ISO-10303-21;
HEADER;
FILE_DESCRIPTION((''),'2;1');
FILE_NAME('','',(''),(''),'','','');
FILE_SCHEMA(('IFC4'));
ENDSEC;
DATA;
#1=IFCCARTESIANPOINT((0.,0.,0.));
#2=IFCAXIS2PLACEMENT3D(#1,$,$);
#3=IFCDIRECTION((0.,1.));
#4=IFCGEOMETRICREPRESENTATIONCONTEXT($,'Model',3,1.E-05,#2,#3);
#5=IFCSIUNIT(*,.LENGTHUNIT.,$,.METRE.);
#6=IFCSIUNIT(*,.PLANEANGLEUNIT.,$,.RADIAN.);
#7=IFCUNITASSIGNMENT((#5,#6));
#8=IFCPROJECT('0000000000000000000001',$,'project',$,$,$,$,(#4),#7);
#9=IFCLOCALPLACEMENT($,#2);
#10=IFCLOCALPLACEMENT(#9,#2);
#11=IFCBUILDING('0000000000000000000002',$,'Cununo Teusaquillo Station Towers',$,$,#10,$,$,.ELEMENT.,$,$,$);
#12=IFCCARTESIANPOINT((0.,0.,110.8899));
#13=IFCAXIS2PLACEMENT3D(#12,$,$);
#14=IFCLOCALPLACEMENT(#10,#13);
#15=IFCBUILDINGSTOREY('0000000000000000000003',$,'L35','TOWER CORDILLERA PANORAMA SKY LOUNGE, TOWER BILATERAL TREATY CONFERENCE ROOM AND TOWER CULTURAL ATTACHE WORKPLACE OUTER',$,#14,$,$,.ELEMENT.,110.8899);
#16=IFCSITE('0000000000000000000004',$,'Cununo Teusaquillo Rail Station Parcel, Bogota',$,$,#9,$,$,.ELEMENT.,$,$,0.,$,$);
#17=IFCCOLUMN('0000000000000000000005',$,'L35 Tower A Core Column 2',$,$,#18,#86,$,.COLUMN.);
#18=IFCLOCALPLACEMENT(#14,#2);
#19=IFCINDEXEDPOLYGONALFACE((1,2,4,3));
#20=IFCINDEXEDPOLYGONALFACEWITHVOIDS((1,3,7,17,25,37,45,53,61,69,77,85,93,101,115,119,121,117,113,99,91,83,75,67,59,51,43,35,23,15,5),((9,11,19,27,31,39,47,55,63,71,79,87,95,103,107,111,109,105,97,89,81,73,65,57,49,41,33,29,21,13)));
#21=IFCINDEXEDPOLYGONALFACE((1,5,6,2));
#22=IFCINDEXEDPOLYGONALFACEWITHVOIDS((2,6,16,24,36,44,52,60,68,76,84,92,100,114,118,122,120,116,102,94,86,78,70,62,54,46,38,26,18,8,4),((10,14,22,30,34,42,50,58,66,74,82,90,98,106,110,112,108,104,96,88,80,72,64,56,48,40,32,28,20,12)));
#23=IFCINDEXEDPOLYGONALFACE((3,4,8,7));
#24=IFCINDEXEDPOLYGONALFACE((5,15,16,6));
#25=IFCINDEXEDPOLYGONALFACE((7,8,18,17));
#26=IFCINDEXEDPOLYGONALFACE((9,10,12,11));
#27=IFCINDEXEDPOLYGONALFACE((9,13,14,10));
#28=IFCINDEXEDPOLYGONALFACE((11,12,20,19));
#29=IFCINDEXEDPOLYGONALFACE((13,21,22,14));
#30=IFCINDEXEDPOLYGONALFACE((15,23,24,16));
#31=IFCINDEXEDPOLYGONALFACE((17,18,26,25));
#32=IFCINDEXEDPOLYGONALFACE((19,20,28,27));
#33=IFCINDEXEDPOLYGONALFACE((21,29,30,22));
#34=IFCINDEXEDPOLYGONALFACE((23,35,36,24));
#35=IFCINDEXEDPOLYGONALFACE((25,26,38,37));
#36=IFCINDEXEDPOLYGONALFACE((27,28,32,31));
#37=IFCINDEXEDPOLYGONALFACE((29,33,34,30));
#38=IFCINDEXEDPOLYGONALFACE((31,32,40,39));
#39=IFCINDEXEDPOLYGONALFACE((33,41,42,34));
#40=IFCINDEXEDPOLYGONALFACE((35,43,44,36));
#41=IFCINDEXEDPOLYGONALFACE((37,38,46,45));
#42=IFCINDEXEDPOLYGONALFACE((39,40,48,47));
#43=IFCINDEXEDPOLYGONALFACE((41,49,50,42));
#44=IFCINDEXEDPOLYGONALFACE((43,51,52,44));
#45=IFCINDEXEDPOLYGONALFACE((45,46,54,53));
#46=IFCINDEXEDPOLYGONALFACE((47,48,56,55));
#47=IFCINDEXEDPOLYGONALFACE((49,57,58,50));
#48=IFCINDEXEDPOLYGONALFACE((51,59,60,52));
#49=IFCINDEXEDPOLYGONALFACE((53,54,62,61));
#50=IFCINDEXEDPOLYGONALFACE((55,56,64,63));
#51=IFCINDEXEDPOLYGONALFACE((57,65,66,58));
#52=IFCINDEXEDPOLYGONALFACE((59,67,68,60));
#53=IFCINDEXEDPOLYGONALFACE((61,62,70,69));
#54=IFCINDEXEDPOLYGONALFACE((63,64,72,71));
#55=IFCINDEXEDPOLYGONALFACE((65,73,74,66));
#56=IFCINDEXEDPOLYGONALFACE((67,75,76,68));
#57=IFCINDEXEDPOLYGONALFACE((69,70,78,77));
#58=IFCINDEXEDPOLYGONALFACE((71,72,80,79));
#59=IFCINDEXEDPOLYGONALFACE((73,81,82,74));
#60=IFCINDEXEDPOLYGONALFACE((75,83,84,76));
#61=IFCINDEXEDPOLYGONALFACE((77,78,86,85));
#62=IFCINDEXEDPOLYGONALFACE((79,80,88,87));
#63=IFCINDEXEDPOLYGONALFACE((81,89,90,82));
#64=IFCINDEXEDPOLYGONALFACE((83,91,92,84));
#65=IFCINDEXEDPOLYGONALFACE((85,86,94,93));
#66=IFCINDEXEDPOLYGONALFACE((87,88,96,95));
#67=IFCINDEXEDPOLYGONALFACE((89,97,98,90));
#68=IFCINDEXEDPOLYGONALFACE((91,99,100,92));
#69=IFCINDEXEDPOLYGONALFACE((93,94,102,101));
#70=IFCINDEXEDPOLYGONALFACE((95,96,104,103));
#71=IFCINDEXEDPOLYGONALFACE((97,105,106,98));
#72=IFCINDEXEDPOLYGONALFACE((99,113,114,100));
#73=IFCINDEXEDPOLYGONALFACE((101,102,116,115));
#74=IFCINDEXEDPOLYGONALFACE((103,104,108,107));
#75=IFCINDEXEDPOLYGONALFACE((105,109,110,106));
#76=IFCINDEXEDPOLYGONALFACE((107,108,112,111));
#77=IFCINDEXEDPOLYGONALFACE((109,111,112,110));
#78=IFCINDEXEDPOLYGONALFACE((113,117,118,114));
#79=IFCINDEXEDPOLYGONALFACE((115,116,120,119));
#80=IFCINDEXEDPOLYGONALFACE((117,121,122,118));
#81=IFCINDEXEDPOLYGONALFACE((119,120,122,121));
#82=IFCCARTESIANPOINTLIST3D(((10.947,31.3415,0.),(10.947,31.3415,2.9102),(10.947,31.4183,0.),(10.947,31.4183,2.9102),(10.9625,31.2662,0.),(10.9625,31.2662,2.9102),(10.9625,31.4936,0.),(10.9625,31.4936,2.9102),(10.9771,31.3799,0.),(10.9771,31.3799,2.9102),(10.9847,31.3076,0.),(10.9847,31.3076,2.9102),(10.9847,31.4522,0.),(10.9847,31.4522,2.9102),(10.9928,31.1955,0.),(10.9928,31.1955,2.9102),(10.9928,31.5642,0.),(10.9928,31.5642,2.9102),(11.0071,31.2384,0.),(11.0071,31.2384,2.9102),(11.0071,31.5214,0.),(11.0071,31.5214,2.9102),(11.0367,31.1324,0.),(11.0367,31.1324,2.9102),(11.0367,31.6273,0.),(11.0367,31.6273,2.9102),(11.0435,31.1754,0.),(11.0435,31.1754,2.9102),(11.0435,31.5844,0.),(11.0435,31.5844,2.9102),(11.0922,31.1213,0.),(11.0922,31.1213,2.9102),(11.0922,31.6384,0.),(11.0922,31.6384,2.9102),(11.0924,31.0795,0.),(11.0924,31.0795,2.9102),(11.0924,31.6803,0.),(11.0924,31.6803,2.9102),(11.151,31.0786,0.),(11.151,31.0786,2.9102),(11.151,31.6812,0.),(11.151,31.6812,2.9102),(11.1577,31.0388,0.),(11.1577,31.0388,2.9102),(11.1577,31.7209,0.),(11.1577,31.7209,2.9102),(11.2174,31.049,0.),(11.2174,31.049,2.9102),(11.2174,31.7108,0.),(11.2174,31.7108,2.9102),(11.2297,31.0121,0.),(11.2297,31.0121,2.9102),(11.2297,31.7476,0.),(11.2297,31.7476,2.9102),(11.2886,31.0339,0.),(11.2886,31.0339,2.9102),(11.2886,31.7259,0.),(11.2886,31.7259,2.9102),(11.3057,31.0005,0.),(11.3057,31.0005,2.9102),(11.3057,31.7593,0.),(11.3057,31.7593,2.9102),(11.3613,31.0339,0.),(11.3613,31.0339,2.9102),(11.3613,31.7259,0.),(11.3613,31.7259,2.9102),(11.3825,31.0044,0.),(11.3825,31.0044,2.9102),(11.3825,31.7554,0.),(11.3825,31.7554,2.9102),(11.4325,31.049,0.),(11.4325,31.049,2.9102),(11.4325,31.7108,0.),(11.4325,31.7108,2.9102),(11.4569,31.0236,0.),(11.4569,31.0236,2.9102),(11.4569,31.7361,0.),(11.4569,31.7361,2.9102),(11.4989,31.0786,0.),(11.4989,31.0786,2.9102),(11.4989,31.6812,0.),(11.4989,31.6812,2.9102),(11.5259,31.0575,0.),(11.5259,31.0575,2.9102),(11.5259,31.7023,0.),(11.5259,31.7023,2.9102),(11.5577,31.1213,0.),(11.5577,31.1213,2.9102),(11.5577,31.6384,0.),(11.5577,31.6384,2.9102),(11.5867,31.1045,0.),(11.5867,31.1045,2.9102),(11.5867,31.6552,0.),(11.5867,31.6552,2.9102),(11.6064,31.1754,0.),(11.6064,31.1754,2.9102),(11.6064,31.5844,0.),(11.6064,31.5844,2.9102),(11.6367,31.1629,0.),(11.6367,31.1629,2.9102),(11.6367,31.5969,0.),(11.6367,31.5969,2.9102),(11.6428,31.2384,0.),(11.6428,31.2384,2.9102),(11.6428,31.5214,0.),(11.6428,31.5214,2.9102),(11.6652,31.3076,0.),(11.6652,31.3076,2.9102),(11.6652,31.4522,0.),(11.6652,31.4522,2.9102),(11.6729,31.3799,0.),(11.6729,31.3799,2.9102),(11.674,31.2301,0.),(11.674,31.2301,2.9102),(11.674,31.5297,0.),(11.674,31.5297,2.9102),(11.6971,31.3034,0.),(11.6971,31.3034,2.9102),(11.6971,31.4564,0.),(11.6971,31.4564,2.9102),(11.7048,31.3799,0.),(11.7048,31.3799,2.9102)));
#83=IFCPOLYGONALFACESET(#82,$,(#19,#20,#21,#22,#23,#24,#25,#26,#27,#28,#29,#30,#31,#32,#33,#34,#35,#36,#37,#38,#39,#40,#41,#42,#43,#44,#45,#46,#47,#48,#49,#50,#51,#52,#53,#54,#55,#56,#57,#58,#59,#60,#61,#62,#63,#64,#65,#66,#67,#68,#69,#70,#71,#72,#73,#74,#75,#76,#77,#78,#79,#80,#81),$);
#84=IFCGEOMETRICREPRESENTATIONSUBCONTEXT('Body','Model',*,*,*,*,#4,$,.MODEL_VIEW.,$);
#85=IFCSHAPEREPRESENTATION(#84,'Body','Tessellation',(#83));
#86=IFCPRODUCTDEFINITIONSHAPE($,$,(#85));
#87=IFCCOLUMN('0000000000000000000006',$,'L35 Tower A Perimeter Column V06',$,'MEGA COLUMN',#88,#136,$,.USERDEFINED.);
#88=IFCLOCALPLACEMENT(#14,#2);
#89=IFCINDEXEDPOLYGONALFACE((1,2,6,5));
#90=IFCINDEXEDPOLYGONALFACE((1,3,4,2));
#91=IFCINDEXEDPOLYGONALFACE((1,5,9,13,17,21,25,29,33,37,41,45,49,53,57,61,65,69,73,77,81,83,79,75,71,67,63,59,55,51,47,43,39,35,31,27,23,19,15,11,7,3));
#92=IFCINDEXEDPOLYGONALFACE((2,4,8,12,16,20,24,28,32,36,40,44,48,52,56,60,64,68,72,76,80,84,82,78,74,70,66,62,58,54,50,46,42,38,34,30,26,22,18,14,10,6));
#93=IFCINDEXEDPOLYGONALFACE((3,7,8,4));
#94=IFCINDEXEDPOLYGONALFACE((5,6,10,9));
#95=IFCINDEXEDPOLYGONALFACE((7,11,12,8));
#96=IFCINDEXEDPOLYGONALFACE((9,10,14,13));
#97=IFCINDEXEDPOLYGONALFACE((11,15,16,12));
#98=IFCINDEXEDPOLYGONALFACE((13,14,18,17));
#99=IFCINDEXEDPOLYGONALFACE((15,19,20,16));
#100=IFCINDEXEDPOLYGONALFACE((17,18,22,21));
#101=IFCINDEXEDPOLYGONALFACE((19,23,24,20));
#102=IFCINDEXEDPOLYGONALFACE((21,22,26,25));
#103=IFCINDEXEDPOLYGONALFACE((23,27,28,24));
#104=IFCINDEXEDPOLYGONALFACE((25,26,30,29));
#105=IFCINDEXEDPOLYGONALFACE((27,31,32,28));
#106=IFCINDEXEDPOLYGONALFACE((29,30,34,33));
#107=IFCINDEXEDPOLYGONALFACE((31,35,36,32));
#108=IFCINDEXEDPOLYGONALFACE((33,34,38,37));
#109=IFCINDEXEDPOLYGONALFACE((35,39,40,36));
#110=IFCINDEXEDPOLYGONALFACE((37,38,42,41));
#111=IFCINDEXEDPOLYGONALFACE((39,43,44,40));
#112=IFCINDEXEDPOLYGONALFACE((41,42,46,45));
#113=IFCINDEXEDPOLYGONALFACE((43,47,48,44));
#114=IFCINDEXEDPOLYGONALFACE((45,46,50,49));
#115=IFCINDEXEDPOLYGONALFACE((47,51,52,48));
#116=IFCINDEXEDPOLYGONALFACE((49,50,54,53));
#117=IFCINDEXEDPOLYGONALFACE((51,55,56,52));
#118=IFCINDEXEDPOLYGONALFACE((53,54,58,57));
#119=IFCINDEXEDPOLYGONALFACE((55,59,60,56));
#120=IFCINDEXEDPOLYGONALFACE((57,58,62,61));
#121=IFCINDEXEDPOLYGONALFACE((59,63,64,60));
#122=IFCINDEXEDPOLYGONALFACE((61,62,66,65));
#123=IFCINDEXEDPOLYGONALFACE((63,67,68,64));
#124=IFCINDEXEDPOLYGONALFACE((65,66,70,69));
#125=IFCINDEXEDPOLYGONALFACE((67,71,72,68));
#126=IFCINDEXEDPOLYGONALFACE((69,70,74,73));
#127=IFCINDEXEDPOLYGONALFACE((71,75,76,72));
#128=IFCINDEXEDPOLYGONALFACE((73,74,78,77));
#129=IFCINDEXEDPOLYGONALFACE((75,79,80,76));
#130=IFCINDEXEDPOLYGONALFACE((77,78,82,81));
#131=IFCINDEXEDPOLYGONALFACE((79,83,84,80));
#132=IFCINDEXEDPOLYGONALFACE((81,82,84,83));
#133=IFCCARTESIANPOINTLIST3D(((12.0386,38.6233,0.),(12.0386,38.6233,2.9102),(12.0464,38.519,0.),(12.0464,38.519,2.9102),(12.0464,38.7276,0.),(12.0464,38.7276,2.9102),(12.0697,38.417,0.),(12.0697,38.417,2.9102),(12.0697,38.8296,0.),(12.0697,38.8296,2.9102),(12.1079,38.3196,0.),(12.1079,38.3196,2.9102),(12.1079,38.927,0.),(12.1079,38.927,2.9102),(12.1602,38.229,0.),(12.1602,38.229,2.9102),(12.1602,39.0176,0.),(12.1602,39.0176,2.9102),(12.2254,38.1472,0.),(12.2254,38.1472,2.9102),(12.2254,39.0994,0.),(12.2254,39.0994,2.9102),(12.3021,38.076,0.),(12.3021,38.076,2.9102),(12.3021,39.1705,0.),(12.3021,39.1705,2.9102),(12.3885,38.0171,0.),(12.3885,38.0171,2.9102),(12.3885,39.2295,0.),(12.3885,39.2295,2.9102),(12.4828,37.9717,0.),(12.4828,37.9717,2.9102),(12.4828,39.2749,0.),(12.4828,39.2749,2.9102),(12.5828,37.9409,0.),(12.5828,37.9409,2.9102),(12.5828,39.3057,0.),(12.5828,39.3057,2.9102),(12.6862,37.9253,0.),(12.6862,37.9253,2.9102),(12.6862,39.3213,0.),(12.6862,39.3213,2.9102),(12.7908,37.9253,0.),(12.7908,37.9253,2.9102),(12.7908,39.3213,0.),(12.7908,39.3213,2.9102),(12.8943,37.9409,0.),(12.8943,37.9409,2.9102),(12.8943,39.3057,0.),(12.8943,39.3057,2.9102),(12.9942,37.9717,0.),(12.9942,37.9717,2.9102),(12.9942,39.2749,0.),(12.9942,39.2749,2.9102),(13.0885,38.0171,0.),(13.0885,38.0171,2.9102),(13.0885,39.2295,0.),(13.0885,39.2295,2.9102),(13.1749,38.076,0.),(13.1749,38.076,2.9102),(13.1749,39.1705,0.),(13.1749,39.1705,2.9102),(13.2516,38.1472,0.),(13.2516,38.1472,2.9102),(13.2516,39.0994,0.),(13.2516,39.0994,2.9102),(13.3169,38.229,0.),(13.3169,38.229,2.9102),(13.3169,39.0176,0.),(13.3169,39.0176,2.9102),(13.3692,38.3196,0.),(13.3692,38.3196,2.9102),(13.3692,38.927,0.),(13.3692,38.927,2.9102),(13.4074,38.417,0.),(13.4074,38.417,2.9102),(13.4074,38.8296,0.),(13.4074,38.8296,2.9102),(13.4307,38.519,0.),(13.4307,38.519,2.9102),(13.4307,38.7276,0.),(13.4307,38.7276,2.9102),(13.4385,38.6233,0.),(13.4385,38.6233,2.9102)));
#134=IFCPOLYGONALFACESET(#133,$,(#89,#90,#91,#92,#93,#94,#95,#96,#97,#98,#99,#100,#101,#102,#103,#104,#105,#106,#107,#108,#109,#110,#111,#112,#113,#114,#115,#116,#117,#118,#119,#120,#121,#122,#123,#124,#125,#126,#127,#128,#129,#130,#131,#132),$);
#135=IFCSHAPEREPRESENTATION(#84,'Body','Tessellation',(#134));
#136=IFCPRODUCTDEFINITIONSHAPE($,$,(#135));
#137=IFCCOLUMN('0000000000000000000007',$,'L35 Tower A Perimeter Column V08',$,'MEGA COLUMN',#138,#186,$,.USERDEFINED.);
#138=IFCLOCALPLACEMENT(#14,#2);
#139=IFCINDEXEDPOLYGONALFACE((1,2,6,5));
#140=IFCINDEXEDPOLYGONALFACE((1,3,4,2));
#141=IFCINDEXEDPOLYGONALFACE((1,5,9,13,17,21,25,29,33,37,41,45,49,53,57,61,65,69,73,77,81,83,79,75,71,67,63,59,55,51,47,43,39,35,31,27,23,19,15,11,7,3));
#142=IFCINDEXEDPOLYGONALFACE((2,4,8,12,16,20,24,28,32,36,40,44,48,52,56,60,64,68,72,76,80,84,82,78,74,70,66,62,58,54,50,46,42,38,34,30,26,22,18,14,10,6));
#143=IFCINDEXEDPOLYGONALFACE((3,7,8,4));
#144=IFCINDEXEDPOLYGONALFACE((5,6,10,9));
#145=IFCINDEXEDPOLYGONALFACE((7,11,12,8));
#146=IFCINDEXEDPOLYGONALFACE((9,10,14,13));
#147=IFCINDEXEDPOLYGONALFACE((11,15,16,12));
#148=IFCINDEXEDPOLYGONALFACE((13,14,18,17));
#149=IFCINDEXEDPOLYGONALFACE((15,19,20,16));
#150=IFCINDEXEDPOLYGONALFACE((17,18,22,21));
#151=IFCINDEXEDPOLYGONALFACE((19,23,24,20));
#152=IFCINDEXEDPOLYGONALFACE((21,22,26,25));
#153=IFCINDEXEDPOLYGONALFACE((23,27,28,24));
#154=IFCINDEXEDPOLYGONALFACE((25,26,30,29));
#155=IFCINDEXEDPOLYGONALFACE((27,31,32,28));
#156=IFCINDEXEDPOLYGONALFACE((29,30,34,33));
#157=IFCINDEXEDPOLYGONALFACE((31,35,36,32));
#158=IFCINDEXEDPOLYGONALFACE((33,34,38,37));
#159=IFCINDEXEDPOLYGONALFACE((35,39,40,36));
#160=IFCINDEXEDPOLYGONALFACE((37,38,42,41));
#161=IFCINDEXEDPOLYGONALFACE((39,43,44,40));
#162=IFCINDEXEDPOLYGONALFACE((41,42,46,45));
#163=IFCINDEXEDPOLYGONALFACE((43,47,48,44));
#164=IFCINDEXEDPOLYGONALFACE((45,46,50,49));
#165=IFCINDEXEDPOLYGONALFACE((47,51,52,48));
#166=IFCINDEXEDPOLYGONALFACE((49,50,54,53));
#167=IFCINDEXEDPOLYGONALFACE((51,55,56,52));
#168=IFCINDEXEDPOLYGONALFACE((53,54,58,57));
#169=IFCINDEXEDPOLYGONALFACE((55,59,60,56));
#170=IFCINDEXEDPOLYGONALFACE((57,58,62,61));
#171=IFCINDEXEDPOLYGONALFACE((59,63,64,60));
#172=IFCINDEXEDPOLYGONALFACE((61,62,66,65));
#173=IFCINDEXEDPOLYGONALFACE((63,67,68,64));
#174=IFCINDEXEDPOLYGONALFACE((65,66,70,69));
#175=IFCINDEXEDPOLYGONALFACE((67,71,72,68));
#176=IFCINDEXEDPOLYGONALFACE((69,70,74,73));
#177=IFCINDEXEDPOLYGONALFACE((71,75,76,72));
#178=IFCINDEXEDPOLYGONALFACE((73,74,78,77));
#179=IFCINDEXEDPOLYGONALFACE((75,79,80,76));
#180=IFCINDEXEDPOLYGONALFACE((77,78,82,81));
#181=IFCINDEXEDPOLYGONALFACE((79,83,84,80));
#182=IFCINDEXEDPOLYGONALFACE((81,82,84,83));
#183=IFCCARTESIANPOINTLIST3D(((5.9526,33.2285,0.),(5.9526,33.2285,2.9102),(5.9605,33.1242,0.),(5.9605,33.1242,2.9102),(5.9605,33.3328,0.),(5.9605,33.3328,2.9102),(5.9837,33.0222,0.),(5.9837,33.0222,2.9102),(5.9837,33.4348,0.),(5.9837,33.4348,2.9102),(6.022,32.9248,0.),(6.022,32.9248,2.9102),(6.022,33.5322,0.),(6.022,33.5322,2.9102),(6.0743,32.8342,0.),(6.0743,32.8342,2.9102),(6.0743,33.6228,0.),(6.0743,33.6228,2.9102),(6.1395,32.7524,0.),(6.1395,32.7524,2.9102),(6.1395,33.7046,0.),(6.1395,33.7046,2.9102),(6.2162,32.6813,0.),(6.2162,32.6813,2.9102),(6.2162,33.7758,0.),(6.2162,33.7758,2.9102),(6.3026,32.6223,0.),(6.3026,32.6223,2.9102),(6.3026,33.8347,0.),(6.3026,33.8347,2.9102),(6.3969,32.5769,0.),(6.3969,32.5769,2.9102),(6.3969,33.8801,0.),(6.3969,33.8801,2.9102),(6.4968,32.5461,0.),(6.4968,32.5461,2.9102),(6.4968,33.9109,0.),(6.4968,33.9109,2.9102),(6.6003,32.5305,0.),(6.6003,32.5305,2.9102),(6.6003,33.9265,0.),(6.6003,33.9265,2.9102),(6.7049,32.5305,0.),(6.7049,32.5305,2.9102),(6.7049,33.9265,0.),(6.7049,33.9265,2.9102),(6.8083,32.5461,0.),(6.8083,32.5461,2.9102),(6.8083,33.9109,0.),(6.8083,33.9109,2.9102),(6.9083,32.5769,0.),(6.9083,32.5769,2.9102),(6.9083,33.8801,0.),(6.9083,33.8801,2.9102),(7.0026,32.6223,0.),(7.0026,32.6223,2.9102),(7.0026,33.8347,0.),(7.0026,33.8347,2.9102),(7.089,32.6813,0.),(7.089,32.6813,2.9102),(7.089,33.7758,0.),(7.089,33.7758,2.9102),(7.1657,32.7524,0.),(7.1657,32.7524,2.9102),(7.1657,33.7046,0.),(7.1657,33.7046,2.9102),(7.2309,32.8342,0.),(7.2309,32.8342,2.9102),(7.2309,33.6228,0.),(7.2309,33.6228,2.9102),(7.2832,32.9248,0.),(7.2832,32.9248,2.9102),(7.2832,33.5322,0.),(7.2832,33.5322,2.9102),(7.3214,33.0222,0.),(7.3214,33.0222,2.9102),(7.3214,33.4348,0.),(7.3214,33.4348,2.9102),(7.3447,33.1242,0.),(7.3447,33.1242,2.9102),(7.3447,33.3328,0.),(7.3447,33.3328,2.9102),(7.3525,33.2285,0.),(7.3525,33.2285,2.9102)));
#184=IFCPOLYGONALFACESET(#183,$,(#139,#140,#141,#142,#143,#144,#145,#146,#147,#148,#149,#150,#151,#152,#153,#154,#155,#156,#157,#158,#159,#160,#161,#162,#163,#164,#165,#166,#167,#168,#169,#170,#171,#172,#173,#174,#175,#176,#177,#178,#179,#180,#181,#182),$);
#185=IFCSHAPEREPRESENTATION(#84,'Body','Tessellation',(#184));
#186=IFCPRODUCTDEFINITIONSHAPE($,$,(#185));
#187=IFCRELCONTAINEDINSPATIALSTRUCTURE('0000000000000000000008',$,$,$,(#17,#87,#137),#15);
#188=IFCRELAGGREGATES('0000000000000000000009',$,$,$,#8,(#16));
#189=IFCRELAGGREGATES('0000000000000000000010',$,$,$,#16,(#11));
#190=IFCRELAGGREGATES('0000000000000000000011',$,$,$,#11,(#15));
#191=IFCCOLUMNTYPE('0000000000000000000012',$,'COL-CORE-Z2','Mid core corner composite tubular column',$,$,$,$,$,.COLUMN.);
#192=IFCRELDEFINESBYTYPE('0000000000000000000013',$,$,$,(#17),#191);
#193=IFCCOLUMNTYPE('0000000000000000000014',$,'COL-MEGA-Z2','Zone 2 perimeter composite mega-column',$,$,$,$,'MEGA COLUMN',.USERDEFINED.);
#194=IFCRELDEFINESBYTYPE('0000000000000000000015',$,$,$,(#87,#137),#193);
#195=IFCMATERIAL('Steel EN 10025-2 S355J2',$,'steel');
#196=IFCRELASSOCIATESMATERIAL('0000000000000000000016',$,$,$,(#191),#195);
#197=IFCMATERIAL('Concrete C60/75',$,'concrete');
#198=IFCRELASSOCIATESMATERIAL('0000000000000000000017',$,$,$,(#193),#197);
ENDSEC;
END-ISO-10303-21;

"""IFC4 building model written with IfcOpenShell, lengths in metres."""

from ifc_helpers import new_model, si_unit, direction, frame, origin, origin_2d, place, context, subcontext, project, spatial, circle, hollow_circle, extrude, material, material_profile, profile_set, type_object, element, save


model = new_model("IFC4")

# Units and contexts
model_context = context("Model", 3, precision=1e-05, world=origin(), true_north=direction((0.0, 1.0)))
body_context = subcontext(model_context, "Body", "Model", "MODEL_VIEW")
ifc_project = project(units=[si_unit("LENGTHUNIT", "METRE"), si_unit("PLANEANGLEUNIT", "RADIAN")], contexts=[model_context])

# Site, building, storey
site_placement = place(None, origin())
site = spatial("IfcSite", under=ifc_project, at=site_placement, Name="Cununo Teusaquillo Rail Station Parcel, Bogota", CompositionType="ELEMENT", RefElevation=0.0)
building_placement = place(site_placement, origin())
building = spatial("IfcBuilding", under=site, at=building_placement, Name="Cununo Teusaquillo Station Towers", CompositionType="ELEMENT")
storey_placement = place(building_placement, frame((0.0, 0.0, 110.8899)))
storey = spatial("IfcBuildingStorey", under=building, at=storey_placement, Name="L35", Description="TOWER CORDILLERA PANORAMA SKY LOUNGE, TOWER BILATERAL TREATY CONFERENCE ROOM AND TOWER CULTURAL ATTACHE WORKPLACE OUTER", CompositionType="ELEMENT", Elevation=110.8899)

# Columns
ifc_material_1 = material(Name="Steel EN 10025-2 S355J2", Category="steel")
ifc_material_profile_1 = material_profile(ifc_material_1, hollow_circle(Radius=0.3799, WallThickness=0.032, at=origin_2d()), Name="CHS 760x32")
ifc_profile_set_1 = profile_set([ifc_material_profile_1], Name="Steel EN 10025-2 S355J2")
column_type_1 = type_object("IfcColumnType", Name="COL-CORE-Z2", Description="Mid core corner composite tubular column", PredefinedType="COLUMN", material=ifc_profile_set_1)
column_placement = place(storey_placement, frame((11.325, 31.3799, 0.0), z_axis=(0.0, 0.0, 1.0), x_axis=(1.0, 0.0, 0.0)))
element("IfcColumn", 1, at=column_placement, inside=storey, type_object=column_type_1, Name="L35 Tower A Core Column 2", PredefinedType="COLUMN", context=body_context, shape_type="SweptSolid", body=[
    extrude(hollow_circle(Radius=0.3799, WallThickness=0.032, at=origin_2d()), origin(), (0.0, 0.0, 1.0), 2.9102),
])
ifc_material_2 = material(Name="Concrete C60/75", Category="concrete")
ifc_material_profile_2 = material_profile(ifc_material_2, circle(Radius=0.7, at=origin_2d()), Name="RC-CIRC-1400")
ifc_profile_set_2 = profile_set([ifc_material_profile_2], Name="Concrete C60/75")
column_type_2 = type_object("IfcColumnType", Name="COL-MEGA-Z2", Description="Zone 2 perimeter composite mega-column", ElementType="MEGA COLUMN", PredefinedType="USERDEFINED", material=ifc_profile_set_2)
for number, where, z_axis, x_axis, name in (
    (2, (12.7385, 38.6233, 0.0), (0.0, 0.0, 1.0), (1.0, 0.0, 0.0), "L35 Tower A Perimeter Column V06"),
    (3, (6.6526, 33.2285, 0.0), (0.0, 0.0, 1.0), (1.0, 0.0, 0.0), "L35 Tower A Perimeter Column V08"),
):
    element("IfcColumn", number, at=place(storey_placement, frame(where, z_axis=z_axis, x_axis=x_axis)), inside=storey, type_object=column_type_2, Name=name, ObjectType="MEGA COLUMN", PredefinedType="USERDEFINED", context=body_context, shape_type="SweptSolid", body=[
        extrude(circle(Radius=0.7, at=origin_2d()), origin(), (0.0, 0.0, 1.0), 2.9102),
    ])

save(model, "model.ifc")
